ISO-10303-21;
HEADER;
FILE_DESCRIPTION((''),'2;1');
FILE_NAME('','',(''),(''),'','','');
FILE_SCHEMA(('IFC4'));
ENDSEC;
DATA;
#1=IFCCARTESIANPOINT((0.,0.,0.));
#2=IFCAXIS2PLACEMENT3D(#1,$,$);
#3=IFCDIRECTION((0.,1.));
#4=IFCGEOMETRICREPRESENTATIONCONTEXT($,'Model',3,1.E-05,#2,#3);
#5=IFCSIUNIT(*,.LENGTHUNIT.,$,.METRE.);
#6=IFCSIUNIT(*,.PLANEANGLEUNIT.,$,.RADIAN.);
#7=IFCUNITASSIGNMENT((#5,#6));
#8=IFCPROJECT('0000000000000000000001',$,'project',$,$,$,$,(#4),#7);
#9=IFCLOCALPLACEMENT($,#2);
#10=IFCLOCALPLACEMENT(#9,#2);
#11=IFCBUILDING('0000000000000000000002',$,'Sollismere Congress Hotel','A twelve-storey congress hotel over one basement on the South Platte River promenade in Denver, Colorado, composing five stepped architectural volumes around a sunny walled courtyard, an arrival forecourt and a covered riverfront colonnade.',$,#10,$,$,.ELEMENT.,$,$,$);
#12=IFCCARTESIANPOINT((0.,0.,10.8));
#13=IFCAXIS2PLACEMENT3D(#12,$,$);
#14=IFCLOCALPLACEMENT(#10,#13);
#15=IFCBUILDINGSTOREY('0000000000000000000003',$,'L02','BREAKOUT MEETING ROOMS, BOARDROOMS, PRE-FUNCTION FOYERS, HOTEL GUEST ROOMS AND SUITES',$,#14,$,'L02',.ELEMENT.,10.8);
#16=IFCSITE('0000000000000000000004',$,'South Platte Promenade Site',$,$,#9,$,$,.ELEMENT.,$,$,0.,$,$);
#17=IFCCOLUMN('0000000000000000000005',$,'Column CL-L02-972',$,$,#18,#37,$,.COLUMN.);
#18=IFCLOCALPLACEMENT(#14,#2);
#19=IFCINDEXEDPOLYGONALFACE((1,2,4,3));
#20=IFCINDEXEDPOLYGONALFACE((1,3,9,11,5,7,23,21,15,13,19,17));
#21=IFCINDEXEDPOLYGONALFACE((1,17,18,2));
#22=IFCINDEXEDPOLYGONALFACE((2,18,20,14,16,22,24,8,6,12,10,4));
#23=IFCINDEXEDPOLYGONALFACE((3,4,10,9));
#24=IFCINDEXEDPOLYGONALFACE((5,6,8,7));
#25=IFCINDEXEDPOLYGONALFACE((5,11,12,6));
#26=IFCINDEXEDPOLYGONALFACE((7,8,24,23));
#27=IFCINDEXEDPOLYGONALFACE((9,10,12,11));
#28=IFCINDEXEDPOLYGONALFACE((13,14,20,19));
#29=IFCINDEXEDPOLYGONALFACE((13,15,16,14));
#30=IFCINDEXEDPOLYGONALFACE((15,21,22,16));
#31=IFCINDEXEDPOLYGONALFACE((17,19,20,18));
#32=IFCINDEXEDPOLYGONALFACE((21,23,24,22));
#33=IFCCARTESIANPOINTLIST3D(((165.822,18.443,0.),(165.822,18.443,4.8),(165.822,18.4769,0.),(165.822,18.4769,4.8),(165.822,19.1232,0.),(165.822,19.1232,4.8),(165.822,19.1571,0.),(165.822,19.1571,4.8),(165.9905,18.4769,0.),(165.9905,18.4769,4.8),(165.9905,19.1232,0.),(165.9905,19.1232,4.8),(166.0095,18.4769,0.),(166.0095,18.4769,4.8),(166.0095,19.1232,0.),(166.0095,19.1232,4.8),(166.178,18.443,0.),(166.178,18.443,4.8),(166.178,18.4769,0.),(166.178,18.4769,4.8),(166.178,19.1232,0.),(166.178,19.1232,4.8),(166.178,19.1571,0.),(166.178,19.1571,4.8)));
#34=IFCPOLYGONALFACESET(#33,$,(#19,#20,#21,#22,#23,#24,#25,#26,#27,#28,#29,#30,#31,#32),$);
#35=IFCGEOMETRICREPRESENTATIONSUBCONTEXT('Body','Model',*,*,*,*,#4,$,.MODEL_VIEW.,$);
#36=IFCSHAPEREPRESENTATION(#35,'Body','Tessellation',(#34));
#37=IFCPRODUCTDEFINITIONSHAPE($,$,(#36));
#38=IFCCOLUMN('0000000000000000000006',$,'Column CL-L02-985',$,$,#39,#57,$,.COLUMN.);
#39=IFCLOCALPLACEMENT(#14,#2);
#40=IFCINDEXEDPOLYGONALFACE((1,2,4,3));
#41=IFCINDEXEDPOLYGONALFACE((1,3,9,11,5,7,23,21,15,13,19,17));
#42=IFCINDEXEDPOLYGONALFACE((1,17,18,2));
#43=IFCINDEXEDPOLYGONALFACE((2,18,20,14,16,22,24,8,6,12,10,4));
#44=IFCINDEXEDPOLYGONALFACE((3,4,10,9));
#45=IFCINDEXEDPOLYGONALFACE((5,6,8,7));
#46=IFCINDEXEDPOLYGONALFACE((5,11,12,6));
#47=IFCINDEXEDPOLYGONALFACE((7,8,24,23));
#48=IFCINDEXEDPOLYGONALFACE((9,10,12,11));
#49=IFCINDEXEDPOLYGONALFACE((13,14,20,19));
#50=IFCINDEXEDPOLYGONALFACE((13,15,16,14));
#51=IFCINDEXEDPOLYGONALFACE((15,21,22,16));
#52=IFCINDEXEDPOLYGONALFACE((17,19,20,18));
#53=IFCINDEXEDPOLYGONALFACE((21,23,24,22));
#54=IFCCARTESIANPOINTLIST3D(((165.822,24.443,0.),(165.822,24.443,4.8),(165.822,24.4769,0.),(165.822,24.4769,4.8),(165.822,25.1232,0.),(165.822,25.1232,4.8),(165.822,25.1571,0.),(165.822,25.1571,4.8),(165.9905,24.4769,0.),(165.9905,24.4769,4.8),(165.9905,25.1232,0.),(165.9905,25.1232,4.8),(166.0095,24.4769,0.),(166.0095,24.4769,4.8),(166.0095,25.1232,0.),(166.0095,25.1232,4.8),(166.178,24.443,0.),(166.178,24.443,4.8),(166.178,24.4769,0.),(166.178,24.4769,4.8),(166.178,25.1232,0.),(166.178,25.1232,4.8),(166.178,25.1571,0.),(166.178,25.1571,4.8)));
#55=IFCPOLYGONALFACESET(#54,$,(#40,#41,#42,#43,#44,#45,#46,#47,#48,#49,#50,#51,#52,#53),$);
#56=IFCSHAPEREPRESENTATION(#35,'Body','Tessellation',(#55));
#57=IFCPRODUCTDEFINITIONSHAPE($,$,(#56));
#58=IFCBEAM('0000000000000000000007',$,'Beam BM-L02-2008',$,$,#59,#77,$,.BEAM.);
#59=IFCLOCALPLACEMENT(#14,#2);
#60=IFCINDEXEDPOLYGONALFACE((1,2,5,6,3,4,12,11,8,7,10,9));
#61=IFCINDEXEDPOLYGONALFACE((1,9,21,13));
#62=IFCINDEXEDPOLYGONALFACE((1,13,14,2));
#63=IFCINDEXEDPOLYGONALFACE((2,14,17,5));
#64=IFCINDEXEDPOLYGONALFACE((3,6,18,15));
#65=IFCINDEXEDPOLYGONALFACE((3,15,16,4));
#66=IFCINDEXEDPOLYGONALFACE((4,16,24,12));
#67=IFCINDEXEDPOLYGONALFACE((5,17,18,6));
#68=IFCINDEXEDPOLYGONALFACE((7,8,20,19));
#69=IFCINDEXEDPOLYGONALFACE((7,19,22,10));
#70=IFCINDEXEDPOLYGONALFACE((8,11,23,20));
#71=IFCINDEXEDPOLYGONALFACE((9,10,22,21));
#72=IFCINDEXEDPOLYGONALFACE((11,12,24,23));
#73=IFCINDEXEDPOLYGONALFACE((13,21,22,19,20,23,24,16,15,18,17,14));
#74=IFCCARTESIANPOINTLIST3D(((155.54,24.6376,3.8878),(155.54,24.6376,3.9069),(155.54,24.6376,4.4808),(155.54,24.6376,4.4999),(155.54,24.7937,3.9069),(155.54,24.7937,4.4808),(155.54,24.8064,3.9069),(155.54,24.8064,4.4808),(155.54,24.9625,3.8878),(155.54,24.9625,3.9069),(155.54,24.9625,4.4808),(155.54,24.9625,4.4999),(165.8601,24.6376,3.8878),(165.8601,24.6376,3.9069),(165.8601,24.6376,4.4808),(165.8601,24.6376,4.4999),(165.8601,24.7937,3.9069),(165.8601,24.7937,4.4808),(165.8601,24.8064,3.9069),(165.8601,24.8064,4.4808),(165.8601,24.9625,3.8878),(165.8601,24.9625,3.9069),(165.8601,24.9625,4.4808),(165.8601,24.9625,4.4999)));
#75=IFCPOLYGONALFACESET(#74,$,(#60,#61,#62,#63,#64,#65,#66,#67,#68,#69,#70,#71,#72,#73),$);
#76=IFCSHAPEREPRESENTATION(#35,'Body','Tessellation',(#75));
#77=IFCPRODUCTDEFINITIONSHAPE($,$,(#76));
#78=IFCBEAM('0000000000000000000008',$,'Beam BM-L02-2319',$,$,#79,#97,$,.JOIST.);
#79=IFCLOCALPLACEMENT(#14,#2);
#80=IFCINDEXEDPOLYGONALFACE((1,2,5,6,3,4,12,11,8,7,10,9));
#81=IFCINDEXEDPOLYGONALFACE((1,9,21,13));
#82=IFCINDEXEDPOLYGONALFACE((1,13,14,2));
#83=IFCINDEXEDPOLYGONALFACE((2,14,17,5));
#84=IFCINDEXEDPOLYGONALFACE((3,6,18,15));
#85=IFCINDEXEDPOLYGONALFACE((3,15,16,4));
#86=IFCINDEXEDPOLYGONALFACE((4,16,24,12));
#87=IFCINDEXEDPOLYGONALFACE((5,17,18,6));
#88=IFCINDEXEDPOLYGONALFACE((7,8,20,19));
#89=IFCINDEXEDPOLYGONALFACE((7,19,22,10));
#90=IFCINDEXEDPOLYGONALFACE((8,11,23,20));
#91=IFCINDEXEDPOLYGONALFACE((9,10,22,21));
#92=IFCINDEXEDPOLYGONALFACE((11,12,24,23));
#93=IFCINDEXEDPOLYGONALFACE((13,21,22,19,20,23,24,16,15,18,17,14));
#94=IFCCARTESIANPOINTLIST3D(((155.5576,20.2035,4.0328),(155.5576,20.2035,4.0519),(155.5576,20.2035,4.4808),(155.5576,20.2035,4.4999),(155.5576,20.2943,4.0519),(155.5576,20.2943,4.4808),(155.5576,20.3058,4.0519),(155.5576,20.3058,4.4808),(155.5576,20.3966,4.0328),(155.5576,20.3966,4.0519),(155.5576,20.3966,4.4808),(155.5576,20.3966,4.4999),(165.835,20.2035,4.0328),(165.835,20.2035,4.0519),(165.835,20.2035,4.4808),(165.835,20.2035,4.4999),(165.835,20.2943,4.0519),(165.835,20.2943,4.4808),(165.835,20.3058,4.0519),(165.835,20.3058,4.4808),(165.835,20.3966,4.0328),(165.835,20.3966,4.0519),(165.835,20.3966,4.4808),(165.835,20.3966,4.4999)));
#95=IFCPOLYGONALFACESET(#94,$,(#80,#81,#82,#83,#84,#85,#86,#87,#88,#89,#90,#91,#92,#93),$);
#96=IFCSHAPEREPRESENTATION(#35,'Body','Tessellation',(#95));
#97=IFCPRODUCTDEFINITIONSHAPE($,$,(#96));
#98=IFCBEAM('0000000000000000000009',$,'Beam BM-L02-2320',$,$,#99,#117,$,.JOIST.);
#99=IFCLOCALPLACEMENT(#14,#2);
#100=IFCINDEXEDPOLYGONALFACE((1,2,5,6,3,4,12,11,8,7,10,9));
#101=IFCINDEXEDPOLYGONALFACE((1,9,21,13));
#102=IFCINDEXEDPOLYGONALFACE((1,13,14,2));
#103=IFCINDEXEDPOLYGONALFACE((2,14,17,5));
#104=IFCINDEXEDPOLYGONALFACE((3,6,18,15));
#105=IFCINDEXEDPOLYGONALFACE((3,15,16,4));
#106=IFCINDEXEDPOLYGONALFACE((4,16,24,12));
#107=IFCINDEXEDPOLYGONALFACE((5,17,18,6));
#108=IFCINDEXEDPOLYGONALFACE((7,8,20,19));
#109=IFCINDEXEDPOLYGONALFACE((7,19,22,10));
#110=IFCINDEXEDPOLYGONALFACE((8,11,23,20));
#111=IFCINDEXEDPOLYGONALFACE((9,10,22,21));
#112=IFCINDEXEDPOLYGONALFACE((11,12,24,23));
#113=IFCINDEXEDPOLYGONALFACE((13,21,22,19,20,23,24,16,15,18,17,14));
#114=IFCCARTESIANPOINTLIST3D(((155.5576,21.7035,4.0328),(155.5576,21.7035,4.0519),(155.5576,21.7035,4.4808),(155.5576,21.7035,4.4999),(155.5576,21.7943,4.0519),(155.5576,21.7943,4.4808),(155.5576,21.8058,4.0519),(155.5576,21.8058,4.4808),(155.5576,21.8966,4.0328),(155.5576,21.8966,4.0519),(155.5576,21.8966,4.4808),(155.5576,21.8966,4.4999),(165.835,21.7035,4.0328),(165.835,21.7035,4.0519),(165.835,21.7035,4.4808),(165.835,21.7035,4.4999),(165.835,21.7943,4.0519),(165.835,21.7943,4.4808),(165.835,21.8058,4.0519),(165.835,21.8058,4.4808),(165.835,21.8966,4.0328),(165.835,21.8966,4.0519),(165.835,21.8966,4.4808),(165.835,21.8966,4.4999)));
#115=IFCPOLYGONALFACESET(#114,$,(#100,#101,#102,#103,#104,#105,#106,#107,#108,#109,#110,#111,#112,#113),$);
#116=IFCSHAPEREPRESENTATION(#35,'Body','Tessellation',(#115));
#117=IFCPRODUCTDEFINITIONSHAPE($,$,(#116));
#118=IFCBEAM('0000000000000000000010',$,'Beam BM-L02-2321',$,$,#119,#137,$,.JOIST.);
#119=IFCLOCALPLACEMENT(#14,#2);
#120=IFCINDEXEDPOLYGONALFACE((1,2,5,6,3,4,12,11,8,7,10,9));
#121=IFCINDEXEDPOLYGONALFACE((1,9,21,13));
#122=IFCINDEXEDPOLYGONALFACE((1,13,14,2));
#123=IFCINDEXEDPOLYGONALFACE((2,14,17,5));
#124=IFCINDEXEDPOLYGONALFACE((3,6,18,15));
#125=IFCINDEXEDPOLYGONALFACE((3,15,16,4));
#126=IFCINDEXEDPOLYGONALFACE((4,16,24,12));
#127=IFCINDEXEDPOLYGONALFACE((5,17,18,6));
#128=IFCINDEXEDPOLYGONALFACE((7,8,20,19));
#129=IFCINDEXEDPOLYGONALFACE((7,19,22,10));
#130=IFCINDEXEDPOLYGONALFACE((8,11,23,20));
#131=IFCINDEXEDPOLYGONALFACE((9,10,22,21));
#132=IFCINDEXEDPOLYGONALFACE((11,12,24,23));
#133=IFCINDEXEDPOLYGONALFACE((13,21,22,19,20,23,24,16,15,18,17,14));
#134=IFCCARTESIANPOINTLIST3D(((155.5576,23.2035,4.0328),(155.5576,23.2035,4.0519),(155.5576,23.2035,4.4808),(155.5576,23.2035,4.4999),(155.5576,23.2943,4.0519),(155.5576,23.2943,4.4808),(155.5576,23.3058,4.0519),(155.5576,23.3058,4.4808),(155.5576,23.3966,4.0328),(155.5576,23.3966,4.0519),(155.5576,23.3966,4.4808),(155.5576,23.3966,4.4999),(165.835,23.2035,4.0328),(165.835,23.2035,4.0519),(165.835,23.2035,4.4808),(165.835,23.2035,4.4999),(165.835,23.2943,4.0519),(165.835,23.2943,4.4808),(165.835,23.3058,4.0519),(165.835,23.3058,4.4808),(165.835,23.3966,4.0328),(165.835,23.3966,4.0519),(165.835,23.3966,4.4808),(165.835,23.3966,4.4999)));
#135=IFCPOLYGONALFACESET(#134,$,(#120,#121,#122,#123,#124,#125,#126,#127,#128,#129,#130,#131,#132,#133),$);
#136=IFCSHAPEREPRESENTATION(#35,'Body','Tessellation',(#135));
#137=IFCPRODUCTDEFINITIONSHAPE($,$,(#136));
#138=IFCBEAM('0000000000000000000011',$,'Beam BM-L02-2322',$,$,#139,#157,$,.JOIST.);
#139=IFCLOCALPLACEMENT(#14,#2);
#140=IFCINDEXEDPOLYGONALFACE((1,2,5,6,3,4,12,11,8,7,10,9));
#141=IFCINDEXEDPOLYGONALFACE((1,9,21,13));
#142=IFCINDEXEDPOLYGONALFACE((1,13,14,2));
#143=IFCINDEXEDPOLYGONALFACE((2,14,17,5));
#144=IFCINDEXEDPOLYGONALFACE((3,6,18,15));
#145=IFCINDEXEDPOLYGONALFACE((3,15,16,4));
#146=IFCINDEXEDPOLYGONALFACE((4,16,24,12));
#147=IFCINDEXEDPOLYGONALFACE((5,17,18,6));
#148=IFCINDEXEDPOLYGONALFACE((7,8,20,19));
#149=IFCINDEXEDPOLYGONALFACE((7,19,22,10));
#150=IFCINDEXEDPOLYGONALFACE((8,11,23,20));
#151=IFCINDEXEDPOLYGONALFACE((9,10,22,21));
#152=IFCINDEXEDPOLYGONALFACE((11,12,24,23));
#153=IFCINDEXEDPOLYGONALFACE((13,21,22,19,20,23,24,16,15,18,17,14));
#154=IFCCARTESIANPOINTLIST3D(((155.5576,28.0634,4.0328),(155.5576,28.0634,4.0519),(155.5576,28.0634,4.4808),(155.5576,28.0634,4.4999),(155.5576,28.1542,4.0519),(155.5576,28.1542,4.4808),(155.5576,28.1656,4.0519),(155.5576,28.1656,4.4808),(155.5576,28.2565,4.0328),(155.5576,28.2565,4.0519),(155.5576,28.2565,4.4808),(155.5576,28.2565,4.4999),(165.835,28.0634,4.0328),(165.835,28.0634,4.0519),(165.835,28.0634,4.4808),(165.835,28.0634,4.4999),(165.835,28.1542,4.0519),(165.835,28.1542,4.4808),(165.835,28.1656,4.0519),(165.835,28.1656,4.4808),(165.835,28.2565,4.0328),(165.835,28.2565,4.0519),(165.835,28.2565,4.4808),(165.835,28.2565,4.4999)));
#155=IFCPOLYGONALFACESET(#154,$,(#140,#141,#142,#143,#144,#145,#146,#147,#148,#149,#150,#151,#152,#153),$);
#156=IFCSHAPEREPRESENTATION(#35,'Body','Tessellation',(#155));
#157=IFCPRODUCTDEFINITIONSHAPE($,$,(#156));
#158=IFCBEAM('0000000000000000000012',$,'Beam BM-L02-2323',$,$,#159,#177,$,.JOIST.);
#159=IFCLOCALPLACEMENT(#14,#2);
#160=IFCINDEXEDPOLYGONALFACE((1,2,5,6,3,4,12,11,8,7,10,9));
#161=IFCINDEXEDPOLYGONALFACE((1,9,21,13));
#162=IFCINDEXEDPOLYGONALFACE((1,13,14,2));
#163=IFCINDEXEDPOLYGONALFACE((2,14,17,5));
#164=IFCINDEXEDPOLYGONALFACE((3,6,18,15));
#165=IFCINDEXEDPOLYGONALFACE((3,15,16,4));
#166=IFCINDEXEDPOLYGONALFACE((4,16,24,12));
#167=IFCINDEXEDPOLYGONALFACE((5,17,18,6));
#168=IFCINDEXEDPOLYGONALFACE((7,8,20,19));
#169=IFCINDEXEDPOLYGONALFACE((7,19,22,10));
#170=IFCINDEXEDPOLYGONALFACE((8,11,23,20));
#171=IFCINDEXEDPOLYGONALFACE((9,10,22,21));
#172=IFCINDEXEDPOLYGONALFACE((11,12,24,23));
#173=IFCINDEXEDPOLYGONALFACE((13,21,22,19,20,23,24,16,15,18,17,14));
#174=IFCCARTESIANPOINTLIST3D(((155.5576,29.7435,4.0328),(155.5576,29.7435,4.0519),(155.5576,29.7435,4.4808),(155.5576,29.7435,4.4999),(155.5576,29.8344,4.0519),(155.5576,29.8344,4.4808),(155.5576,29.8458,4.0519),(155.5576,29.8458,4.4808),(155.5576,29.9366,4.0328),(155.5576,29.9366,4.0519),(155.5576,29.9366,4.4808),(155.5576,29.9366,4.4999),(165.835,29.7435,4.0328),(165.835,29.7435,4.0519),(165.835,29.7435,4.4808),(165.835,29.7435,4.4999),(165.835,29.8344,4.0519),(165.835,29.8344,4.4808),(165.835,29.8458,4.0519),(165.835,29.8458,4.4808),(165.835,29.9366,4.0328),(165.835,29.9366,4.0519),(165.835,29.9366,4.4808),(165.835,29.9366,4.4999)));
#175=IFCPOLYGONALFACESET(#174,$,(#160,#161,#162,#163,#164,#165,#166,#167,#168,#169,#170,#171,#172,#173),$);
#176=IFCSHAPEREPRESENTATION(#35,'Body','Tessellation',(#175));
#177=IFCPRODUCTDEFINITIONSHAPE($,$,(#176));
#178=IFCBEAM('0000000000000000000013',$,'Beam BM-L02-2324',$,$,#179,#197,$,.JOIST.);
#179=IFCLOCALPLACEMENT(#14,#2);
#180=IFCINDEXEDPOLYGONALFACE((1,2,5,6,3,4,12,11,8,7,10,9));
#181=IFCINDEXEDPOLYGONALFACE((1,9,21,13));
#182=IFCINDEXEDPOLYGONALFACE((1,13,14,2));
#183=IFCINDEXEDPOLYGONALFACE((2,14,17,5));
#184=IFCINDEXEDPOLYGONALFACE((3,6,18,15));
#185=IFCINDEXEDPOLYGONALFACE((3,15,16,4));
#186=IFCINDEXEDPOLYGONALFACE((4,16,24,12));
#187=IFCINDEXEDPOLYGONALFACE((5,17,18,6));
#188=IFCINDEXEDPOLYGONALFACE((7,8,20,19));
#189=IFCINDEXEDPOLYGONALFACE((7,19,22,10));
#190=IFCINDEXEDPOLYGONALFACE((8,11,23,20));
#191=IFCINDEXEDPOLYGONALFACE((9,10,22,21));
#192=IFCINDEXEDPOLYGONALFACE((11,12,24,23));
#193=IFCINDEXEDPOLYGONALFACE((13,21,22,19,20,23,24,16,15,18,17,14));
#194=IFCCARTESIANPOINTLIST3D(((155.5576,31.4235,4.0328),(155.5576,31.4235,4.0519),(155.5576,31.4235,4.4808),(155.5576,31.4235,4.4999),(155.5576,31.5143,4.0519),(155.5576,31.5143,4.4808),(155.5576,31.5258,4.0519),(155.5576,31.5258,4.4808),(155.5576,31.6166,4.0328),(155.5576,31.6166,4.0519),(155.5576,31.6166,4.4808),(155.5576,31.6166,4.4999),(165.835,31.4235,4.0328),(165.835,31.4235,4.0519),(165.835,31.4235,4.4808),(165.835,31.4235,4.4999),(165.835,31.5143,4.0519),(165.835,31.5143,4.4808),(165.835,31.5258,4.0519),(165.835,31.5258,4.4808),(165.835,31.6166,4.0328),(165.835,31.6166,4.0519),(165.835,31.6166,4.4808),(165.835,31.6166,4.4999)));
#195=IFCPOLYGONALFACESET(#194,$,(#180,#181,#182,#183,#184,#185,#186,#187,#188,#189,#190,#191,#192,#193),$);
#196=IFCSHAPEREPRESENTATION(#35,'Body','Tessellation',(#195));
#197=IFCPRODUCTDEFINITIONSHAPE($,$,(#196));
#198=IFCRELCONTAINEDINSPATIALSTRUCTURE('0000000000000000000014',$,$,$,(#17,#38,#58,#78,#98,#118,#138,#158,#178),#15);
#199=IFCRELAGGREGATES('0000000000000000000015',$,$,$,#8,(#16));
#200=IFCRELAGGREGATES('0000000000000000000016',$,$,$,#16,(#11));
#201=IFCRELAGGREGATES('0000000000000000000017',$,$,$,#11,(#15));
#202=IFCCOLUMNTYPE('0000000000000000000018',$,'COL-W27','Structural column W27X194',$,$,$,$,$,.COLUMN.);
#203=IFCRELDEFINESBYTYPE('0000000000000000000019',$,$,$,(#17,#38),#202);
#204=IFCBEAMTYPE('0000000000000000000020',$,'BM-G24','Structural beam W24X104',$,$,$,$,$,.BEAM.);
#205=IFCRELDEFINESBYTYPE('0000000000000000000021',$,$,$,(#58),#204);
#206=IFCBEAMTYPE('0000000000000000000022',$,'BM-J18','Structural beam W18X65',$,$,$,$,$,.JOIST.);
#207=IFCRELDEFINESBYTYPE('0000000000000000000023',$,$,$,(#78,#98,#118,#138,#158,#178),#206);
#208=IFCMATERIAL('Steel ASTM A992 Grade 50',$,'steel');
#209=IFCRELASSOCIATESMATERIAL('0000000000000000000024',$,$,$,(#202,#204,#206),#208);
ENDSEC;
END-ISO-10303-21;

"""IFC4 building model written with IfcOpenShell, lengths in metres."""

from ifc_helpers import new_model, si_unit, direction, frame, origin, origin_2d, place, context, subcontext, project, spatial, i_section, extrude, material, material_profile, profile_set, type_object, element, save


model = new_model("IFC4")

# Units and contexts
model_context = context("Model", 3, precision=1e-05, world=origin(), true_north=direction((0.0, 1.0)))
body_context = subcontext(model_context, "Body", "Model", "MODEL_VIEW")
ifc_project = project(units=[si_unit("LENGTHUNIT", "METRE"), si_unit("PLANEANGLEUNIT", "RADIAN")], contexts=[model_context])

# Site, building, storey
site_placement = place(None, origin())
site = spatial("IfcSite", under=ifc_project, at=site_placement, Name="South Platte Promenade Site", CompositionType="ELEMENT", RefElevation=0.0)
building_placement = place(site_placement, origin())
building = spatial("IfcBuilding", under=site, at=building_placement, Name="Sollismere Congress Hotel", Description="A twelve-storey congress hotel over one basement on the South Platte River promenade in Denver, Colorado, composing five stepped architectural volumes around a sunny walled courtyard, an arrival forecourt and a covered riverfront colonnade.", CompositionType="ELEMENT")
storey_placement = place(building_placement, frame((0.0, 0.0, 10.8)))
storey = spatial("IfcBuildingStorey", under=building, at=storey_placement, Name="L02", Description="BREAKOUT MEETING ROOMS, BOARDROOMS, PRE-FUNCTION FOYERS, HOTEL GUEST ROOMS AND SUITES", LongName="L02", CompositionType="ELEMENT", Elevation=10.8)

# Columns
ifc_material_1 = material(Name="Steel ASTM A992 Grade 50", Category="steel")
ifc_material_profile_1 = material_profile(ifc_material_1, i_section(OverallWidth=0.356, OverallDepth=0.7141, WebThickness=0.019, FlangeThickness=0.0339, at=origin_2d()), Name="W27X194")
ifc_profile_set_1 = profile_set([ifc_material_profile_1], Name="Steel ASTM A992 Grade 50")
column_type = type_object("IfcColumnType", Name="COL-W27", Description="Structural column W27X194", PredefinedType="COLUMN", material=ifc_profile_set_1)
for number, where, z_axis, x_axis, name in (
    (1, (166.0, 18.8, 0.0), (0.0, 0.0, 1.0), (1.0, 0.0, 0.0), "Column CL-L02-972"),
    (2, (166.0, 24.8, 0.0), (0.0, 0.0, 1.0), (1.0, 0.0, 0.0), "Column CL-L02-985"),
):
    element("IfcColumn", number, at=place(storey_placement, frame(where, z_axis=z_axis, x_axis=x_axis)), inside=storey, type_object=column_type, Name=name, PredefinedType="COLUMN", context=body_context, shape_type="SweptSolid", body=[
        extrude(i_section(OverallWidth=0.356, OverallDepth=0.7141, WebThickness=0.019, FlangeThickness=0.0339, at=origin_2d()), origin(), (0.0, 0.0, 1.0), 4.8),
    ])

# Beams
ifc_material_profile_2 = material_profile(ifc_material_1, i_section(OverallWidth=0.325, OverallDepth=0.6121, WebThickness=0.0127, FlangeThickness=0.019, at=origin_2d()), Name="W24X104")
ifc_profile_set_2 = profile_set([ifc_material_profile_2], Name="Steel ASTM A992 Grade 50")
beam_type_1 = type_object("IfcBeamType", Name="BM-G24", Description="Structural beam W24X104", PredefinedType="BEAM", material=ifc_profile_set_2)
beam_1_placement = place(storey_placement, frame((155.54, 24.8, 4.1938), z_axis=(1.0, 0.0, 0.0), x_axis=(0.0, 1.0, 0.0)))
element("IfcBeam", 3, at=beam_1_placement, inside=storey, type_object=beam_type_1, Name="Beam BM-L02-2008", PredefinedType="BEAM", context=body_context, shape_type="SweptSolid", body=[
    extrude(i_section(OverallWidth=0.325, OverallDepth=0.6121, WebThickness=0.0127, FlangeThickness=0.019, at=origin_2d()), origin(), (0.0, 0.0, 1.0), 10.3201),
])
ifc_material_profile_3 = material_profile(ifc_material_1, i_section(OverallWidth=0.1931, OverallDepth=0.467, WebThickness=0.0115, FlangeThickness=0.019, at=origin_2d()), Name="W18X65")
ifc_profile_set_3 = profile_set([ifc_material_profile_3], Name="Steel ASTM A992 Grade 50")
beam_type_2 = type_object("IfcBeamType", Name="BM-J18", Description="Structural beam W18X65", PredefinedType="JOIST", material=ifc_profile_set_3)
for number, where, z_axis, x_axis, name in (
    (4, (155.5576, 20.3, 4.2664), (1.0, 0.0, 0.0), (0.0, 1.0, 0.0), "Beam BM-L02-2319"),
    (5, (155.5576, 21.8, 4.2664), (1.0, 0.0, 0.0), (0.0, 1.0, 0.0), "Beam BM-L02-2320"),
    (6, (155.5576, 23.3, 4.2664), (1.0, 0.0, 0.0), (0.0, 1.0, 0.0), "Beam BM-L02-2321"),
    (7, (155.5576, 28.1599, 4.2664), (1.0, 0.0, 0.0), (0.0, 1.0, 0.0), "Beam BM-L02-2322"),
    (8, (155.5576, 29.8401, 4.2664), (1.0, 0.0, 0.0), (0.0, 1.0, 0.0), "Beam BM-L02-2323"),
    (9, (155.5576, 31.52, 4.2664), (1.0, 0.0, 0.0), (0.0, 1.0, 0.0), "Beam BM-L02-2324"),
):
    element("IfcBeam", number, at=place(storey_placement, frame(where, z_axis=z_axis, x_axis=x_axis)), inside=storey, type_object=beam_type_2, Name=name, PredefinedType="JOIST", context=body_context, shape_type="SweptSolid", body=[
        extrude(i_section(OverallWidth=0.1931, OverallDepth=0.467, WebThickness=0.0115, FlangeThickness=0.019, at=origin_2d()), origin(), (0.0, 0.0, 1.0), 10.2773),
    ])

save(model, "model.ifc")
